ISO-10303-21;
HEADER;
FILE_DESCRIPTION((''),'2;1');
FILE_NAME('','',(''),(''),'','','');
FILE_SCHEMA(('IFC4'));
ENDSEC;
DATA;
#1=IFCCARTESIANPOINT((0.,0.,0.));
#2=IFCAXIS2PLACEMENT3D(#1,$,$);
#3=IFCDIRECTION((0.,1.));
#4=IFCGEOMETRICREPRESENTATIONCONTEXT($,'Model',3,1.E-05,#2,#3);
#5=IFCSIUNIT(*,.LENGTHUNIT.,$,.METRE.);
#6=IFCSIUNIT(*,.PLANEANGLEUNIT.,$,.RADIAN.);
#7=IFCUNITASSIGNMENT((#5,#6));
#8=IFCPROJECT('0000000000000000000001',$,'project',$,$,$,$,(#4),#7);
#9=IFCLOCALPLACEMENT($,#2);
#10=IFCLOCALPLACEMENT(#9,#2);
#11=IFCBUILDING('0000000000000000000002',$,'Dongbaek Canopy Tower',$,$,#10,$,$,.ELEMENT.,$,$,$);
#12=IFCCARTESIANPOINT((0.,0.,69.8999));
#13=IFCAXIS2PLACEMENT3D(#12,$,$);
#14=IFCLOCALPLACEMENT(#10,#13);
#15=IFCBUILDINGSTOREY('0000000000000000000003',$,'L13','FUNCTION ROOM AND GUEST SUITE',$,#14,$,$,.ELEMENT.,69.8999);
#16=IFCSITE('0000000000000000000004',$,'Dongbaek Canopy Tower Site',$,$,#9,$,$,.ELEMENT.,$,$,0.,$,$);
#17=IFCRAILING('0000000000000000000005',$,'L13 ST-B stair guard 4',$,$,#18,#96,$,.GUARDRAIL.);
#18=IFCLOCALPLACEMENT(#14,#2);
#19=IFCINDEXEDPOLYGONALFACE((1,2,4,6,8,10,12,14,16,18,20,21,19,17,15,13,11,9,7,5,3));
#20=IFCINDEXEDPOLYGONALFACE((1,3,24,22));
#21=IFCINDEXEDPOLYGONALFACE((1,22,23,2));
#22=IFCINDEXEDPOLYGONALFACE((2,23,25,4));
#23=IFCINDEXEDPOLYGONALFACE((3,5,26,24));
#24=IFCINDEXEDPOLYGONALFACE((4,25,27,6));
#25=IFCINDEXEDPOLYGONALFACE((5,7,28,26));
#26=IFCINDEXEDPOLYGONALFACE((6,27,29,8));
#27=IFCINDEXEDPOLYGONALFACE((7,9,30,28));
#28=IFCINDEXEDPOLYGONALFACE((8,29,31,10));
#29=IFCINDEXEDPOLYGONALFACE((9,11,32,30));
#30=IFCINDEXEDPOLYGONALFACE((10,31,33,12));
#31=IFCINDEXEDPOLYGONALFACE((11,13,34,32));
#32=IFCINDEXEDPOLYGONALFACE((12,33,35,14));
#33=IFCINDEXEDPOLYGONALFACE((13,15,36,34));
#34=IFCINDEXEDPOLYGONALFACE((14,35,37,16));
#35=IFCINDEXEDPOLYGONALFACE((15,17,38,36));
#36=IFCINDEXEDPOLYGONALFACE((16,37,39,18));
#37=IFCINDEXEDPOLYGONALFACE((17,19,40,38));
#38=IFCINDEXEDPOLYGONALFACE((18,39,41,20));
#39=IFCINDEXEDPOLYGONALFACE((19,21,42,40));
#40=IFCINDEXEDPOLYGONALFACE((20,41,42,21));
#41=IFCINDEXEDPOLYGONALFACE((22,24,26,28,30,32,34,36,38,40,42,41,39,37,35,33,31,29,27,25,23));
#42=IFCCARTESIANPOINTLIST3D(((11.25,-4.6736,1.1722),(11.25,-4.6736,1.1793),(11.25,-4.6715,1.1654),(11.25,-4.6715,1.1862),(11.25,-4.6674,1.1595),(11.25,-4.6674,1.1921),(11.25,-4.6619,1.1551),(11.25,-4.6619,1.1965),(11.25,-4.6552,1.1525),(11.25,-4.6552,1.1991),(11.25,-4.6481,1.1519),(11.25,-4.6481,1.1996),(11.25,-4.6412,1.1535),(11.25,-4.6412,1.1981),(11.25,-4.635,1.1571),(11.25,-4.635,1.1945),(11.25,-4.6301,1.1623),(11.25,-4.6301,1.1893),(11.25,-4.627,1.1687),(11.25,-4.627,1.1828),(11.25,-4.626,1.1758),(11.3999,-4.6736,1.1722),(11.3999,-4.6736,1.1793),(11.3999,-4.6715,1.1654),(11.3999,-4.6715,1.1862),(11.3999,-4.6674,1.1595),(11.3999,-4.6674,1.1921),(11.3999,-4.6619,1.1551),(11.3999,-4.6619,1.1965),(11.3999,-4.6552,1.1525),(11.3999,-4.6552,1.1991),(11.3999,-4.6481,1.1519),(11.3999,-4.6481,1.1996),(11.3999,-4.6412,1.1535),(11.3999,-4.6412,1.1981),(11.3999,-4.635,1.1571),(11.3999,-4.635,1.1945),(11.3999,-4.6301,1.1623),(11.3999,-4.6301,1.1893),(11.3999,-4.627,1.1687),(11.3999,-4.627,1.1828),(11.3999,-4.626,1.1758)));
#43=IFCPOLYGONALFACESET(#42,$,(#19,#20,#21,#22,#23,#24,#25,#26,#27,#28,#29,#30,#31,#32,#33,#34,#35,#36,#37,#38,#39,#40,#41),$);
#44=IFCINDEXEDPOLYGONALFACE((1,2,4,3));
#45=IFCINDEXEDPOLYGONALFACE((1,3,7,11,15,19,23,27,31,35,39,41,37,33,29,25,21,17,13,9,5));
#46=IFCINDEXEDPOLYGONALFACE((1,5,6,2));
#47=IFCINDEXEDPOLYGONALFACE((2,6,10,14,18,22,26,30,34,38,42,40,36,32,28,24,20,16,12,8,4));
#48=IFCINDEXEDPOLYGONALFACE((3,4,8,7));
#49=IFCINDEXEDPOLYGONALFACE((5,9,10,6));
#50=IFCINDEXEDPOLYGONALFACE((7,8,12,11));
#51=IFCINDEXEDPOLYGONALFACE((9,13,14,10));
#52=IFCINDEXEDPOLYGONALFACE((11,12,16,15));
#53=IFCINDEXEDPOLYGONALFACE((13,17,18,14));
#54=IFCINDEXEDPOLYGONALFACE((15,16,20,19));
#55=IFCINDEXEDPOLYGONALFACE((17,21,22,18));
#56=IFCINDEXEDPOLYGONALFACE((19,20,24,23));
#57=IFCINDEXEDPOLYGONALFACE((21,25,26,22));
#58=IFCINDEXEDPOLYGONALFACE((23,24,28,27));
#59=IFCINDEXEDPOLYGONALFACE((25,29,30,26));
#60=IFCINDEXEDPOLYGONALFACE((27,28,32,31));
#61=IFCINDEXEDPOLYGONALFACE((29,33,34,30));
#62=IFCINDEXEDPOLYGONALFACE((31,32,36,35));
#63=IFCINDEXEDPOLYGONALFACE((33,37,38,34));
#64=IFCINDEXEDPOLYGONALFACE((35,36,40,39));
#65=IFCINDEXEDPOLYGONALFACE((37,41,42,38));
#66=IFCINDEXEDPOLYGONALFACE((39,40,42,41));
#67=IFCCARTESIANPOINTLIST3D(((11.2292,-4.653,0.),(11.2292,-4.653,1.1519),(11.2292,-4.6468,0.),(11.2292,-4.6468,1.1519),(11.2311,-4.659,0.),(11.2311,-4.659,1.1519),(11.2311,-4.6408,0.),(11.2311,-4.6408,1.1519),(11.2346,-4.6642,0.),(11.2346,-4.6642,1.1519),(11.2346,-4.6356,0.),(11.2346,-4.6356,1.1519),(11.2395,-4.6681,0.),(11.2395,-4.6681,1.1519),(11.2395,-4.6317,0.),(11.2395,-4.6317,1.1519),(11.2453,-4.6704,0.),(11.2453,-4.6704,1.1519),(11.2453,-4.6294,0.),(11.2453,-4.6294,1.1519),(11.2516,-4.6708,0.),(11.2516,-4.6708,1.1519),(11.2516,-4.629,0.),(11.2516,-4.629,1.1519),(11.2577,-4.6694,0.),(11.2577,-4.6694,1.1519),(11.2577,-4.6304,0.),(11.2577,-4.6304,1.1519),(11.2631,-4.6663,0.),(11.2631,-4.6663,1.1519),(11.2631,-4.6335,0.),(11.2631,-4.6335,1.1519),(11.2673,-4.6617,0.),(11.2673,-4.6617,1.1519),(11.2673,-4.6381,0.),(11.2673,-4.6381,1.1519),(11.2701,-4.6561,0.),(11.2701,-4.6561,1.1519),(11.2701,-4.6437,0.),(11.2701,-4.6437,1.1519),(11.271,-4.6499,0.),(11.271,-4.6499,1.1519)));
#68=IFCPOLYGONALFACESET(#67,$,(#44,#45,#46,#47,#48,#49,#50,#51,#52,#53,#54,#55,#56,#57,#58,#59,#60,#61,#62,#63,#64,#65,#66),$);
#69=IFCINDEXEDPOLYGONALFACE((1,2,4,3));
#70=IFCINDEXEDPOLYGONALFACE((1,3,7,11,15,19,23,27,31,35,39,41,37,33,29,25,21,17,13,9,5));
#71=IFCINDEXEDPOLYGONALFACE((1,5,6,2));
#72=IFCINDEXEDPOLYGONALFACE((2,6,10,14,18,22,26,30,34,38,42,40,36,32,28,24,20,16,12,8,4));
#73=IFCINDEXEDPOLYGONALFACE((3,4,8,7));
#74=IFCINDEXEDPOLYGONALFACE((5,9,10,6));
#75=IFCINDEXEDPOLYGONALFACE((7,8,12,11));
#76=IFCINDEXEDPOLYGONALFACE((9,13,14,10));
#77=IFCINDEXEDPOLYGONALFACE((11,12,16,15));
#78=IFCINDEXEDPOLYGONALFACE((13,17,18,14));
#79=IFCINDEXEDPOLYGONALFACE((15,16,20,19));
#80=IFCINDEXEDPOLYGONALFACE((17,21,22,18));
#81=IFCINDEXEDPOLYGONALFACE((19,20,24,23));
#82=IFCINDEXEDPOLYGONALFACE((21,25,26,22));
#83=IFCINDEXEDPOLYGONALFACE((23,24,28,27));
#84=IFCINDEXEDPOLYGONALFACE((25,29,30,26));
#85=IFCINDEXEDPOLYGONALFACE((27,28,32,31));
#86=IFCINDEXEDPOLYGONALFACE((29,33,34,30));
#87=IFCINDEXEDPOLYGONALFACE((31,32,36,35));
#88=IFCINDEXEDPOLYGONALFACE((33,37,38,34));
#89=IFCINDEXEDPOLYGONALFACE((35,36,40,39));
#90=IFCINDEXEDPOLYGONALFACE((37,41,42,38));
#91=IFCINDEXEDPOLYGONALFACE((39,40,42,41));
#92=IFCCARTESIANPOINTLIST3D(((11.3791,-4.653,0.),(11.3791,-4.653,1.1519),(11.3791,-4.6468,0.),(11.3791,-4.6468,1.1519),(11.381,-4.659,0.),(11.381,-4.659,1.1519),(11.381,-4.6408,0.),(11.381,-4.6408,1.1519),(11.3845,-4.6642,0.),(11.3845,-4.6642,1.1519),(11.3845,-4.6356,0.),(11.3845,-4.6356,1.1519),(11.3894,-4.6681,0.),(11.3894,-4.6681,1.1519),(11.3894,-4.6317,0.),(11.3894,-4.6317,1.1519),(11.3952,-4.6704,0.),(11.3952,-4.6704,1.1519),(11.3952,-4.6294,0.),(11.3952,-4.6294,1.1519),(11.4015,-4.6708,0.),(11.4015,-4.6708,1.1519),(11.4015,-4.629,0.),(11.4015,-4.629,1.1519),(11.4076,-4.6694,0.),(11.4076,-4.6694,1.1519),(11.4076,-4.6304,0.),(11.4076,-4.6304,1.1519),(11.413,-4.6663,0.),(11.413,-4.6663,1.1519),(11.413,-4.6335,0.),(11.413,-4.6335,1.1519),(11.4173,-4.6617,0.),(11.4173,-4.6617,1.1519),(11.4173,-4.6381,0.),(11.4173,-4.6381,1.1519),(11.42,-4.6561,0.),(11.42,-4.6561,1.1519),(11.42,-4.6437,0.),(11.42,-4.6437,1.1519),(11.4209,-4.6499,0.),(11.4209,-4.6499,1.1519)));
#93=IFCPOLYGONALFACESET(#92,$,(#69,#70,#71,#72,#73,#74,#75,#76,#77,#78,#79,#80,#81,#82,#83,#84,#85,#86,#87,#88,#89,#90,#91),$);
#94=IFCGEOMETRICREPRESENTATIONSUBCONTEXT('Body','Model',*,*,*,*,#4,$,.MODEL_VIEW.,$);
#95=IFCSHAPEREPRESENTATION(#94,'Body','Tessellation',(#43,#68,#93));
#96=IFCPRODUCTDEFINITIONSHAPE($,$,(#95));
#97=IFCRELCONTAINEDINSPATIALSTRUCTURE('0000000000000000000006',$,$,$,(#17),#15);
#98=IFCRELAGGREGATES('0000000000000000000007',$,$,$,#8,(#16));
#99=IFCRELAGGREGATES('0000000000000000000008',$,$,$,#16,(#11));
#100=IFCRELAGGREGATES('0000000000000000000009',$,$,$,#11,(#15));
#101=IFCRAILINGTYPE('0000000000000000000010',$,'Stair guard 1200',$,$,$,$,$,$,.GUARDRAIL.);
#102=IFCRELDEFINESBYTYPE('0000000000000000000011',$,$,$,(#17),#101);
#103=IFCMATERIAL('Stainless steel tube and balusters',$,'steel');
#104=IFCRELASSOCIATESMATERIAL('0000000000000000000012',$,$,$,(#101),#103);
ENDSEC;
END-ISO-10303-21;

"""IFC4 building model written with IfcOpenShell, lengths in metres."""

from ifc_helpers import new_model, si_unit, direction, frame, origin, origin_2d, place, context, subcontext, project, spatial, circle, extrude, material, type_object, element, save


model = new_model("IFC4")

# Units and contexts
model_context = context("Model", 3, precision=1e-05, world=origin(), true_north=direction((0.0, 1.0)))
body_context = subcontext(model_context, "Body", "Model", "MODEL_VIEW")
ifc_project = project(units=[si_unit("LENGTHUNIT", "METRE"), si_unit("PLANEANGLEUNIT", "RADIAN")], contexts=[model_context])

# Site, building, storey
site_placement = place(None, origin())
site = spatial("IfcSite", under=ifc_project, at=site_placement, Name="Dongbaek Canopy Tower Site", CompositionType="ELEMENT", RefElevation=0.0)
building_placement = place(site_placement, origin())
building = spatial("IfcBuilding", under=site, at=building_placement, Name="Dongbaek Canopy Tower", CompositionType="ELEMENT")
storey_placement = place(building_placement, frame((0.0, 0.0, 69.8999)))
storey = spatial("IfcBuildingStorey", under=building, at=storey_placement, Name="L13", Description="FUNCTION ROOM AND GUEST SUITE", CompositionType="ELEMENT", Elevation=69.8999)

# Railing
ifc_material_1 = material(Name="Stainless steel tube and balusters", Category="steel")
railing_type_1 = type_object("IfcRailingType", Name="Stair guard 1200", PredefinedType="GUARDRAIL", material=ifc_material_1)
railing_1_placement = place(storey_placement, frame((11.25, -4.6499, 0.0)))
element("IfcRailing", 1, at=railing_1_placement, inside=storey, type_object=railing_type_1, Name="L13 ST-B stair guard 4", PredefinedType="GUARDRAIL", context=body_context, shape_type="SweptSolid", body=[
    extrude(circle(Radius=0.0239, at=origin_2d()), frame((0.0, 0.0, 1.1758), z_axis=(1.0, 0.0, 0.0), x_axis=(0.0, 1.0, 0.0)), (0.0, 0.0, 1.0), 0.1499),
    extrude(circle(Radius=0.021, at=origin_2d()), origin(), (0.0, 0.0, 1.0), 1.1519),
    extrude(circle(Radius=0.021, at=origin_2d()), frame((0.1499, 0.0, 0.0)), (0.0, 0.0, 1.0), 1.1519),
])

save(model, "model.ifc")
